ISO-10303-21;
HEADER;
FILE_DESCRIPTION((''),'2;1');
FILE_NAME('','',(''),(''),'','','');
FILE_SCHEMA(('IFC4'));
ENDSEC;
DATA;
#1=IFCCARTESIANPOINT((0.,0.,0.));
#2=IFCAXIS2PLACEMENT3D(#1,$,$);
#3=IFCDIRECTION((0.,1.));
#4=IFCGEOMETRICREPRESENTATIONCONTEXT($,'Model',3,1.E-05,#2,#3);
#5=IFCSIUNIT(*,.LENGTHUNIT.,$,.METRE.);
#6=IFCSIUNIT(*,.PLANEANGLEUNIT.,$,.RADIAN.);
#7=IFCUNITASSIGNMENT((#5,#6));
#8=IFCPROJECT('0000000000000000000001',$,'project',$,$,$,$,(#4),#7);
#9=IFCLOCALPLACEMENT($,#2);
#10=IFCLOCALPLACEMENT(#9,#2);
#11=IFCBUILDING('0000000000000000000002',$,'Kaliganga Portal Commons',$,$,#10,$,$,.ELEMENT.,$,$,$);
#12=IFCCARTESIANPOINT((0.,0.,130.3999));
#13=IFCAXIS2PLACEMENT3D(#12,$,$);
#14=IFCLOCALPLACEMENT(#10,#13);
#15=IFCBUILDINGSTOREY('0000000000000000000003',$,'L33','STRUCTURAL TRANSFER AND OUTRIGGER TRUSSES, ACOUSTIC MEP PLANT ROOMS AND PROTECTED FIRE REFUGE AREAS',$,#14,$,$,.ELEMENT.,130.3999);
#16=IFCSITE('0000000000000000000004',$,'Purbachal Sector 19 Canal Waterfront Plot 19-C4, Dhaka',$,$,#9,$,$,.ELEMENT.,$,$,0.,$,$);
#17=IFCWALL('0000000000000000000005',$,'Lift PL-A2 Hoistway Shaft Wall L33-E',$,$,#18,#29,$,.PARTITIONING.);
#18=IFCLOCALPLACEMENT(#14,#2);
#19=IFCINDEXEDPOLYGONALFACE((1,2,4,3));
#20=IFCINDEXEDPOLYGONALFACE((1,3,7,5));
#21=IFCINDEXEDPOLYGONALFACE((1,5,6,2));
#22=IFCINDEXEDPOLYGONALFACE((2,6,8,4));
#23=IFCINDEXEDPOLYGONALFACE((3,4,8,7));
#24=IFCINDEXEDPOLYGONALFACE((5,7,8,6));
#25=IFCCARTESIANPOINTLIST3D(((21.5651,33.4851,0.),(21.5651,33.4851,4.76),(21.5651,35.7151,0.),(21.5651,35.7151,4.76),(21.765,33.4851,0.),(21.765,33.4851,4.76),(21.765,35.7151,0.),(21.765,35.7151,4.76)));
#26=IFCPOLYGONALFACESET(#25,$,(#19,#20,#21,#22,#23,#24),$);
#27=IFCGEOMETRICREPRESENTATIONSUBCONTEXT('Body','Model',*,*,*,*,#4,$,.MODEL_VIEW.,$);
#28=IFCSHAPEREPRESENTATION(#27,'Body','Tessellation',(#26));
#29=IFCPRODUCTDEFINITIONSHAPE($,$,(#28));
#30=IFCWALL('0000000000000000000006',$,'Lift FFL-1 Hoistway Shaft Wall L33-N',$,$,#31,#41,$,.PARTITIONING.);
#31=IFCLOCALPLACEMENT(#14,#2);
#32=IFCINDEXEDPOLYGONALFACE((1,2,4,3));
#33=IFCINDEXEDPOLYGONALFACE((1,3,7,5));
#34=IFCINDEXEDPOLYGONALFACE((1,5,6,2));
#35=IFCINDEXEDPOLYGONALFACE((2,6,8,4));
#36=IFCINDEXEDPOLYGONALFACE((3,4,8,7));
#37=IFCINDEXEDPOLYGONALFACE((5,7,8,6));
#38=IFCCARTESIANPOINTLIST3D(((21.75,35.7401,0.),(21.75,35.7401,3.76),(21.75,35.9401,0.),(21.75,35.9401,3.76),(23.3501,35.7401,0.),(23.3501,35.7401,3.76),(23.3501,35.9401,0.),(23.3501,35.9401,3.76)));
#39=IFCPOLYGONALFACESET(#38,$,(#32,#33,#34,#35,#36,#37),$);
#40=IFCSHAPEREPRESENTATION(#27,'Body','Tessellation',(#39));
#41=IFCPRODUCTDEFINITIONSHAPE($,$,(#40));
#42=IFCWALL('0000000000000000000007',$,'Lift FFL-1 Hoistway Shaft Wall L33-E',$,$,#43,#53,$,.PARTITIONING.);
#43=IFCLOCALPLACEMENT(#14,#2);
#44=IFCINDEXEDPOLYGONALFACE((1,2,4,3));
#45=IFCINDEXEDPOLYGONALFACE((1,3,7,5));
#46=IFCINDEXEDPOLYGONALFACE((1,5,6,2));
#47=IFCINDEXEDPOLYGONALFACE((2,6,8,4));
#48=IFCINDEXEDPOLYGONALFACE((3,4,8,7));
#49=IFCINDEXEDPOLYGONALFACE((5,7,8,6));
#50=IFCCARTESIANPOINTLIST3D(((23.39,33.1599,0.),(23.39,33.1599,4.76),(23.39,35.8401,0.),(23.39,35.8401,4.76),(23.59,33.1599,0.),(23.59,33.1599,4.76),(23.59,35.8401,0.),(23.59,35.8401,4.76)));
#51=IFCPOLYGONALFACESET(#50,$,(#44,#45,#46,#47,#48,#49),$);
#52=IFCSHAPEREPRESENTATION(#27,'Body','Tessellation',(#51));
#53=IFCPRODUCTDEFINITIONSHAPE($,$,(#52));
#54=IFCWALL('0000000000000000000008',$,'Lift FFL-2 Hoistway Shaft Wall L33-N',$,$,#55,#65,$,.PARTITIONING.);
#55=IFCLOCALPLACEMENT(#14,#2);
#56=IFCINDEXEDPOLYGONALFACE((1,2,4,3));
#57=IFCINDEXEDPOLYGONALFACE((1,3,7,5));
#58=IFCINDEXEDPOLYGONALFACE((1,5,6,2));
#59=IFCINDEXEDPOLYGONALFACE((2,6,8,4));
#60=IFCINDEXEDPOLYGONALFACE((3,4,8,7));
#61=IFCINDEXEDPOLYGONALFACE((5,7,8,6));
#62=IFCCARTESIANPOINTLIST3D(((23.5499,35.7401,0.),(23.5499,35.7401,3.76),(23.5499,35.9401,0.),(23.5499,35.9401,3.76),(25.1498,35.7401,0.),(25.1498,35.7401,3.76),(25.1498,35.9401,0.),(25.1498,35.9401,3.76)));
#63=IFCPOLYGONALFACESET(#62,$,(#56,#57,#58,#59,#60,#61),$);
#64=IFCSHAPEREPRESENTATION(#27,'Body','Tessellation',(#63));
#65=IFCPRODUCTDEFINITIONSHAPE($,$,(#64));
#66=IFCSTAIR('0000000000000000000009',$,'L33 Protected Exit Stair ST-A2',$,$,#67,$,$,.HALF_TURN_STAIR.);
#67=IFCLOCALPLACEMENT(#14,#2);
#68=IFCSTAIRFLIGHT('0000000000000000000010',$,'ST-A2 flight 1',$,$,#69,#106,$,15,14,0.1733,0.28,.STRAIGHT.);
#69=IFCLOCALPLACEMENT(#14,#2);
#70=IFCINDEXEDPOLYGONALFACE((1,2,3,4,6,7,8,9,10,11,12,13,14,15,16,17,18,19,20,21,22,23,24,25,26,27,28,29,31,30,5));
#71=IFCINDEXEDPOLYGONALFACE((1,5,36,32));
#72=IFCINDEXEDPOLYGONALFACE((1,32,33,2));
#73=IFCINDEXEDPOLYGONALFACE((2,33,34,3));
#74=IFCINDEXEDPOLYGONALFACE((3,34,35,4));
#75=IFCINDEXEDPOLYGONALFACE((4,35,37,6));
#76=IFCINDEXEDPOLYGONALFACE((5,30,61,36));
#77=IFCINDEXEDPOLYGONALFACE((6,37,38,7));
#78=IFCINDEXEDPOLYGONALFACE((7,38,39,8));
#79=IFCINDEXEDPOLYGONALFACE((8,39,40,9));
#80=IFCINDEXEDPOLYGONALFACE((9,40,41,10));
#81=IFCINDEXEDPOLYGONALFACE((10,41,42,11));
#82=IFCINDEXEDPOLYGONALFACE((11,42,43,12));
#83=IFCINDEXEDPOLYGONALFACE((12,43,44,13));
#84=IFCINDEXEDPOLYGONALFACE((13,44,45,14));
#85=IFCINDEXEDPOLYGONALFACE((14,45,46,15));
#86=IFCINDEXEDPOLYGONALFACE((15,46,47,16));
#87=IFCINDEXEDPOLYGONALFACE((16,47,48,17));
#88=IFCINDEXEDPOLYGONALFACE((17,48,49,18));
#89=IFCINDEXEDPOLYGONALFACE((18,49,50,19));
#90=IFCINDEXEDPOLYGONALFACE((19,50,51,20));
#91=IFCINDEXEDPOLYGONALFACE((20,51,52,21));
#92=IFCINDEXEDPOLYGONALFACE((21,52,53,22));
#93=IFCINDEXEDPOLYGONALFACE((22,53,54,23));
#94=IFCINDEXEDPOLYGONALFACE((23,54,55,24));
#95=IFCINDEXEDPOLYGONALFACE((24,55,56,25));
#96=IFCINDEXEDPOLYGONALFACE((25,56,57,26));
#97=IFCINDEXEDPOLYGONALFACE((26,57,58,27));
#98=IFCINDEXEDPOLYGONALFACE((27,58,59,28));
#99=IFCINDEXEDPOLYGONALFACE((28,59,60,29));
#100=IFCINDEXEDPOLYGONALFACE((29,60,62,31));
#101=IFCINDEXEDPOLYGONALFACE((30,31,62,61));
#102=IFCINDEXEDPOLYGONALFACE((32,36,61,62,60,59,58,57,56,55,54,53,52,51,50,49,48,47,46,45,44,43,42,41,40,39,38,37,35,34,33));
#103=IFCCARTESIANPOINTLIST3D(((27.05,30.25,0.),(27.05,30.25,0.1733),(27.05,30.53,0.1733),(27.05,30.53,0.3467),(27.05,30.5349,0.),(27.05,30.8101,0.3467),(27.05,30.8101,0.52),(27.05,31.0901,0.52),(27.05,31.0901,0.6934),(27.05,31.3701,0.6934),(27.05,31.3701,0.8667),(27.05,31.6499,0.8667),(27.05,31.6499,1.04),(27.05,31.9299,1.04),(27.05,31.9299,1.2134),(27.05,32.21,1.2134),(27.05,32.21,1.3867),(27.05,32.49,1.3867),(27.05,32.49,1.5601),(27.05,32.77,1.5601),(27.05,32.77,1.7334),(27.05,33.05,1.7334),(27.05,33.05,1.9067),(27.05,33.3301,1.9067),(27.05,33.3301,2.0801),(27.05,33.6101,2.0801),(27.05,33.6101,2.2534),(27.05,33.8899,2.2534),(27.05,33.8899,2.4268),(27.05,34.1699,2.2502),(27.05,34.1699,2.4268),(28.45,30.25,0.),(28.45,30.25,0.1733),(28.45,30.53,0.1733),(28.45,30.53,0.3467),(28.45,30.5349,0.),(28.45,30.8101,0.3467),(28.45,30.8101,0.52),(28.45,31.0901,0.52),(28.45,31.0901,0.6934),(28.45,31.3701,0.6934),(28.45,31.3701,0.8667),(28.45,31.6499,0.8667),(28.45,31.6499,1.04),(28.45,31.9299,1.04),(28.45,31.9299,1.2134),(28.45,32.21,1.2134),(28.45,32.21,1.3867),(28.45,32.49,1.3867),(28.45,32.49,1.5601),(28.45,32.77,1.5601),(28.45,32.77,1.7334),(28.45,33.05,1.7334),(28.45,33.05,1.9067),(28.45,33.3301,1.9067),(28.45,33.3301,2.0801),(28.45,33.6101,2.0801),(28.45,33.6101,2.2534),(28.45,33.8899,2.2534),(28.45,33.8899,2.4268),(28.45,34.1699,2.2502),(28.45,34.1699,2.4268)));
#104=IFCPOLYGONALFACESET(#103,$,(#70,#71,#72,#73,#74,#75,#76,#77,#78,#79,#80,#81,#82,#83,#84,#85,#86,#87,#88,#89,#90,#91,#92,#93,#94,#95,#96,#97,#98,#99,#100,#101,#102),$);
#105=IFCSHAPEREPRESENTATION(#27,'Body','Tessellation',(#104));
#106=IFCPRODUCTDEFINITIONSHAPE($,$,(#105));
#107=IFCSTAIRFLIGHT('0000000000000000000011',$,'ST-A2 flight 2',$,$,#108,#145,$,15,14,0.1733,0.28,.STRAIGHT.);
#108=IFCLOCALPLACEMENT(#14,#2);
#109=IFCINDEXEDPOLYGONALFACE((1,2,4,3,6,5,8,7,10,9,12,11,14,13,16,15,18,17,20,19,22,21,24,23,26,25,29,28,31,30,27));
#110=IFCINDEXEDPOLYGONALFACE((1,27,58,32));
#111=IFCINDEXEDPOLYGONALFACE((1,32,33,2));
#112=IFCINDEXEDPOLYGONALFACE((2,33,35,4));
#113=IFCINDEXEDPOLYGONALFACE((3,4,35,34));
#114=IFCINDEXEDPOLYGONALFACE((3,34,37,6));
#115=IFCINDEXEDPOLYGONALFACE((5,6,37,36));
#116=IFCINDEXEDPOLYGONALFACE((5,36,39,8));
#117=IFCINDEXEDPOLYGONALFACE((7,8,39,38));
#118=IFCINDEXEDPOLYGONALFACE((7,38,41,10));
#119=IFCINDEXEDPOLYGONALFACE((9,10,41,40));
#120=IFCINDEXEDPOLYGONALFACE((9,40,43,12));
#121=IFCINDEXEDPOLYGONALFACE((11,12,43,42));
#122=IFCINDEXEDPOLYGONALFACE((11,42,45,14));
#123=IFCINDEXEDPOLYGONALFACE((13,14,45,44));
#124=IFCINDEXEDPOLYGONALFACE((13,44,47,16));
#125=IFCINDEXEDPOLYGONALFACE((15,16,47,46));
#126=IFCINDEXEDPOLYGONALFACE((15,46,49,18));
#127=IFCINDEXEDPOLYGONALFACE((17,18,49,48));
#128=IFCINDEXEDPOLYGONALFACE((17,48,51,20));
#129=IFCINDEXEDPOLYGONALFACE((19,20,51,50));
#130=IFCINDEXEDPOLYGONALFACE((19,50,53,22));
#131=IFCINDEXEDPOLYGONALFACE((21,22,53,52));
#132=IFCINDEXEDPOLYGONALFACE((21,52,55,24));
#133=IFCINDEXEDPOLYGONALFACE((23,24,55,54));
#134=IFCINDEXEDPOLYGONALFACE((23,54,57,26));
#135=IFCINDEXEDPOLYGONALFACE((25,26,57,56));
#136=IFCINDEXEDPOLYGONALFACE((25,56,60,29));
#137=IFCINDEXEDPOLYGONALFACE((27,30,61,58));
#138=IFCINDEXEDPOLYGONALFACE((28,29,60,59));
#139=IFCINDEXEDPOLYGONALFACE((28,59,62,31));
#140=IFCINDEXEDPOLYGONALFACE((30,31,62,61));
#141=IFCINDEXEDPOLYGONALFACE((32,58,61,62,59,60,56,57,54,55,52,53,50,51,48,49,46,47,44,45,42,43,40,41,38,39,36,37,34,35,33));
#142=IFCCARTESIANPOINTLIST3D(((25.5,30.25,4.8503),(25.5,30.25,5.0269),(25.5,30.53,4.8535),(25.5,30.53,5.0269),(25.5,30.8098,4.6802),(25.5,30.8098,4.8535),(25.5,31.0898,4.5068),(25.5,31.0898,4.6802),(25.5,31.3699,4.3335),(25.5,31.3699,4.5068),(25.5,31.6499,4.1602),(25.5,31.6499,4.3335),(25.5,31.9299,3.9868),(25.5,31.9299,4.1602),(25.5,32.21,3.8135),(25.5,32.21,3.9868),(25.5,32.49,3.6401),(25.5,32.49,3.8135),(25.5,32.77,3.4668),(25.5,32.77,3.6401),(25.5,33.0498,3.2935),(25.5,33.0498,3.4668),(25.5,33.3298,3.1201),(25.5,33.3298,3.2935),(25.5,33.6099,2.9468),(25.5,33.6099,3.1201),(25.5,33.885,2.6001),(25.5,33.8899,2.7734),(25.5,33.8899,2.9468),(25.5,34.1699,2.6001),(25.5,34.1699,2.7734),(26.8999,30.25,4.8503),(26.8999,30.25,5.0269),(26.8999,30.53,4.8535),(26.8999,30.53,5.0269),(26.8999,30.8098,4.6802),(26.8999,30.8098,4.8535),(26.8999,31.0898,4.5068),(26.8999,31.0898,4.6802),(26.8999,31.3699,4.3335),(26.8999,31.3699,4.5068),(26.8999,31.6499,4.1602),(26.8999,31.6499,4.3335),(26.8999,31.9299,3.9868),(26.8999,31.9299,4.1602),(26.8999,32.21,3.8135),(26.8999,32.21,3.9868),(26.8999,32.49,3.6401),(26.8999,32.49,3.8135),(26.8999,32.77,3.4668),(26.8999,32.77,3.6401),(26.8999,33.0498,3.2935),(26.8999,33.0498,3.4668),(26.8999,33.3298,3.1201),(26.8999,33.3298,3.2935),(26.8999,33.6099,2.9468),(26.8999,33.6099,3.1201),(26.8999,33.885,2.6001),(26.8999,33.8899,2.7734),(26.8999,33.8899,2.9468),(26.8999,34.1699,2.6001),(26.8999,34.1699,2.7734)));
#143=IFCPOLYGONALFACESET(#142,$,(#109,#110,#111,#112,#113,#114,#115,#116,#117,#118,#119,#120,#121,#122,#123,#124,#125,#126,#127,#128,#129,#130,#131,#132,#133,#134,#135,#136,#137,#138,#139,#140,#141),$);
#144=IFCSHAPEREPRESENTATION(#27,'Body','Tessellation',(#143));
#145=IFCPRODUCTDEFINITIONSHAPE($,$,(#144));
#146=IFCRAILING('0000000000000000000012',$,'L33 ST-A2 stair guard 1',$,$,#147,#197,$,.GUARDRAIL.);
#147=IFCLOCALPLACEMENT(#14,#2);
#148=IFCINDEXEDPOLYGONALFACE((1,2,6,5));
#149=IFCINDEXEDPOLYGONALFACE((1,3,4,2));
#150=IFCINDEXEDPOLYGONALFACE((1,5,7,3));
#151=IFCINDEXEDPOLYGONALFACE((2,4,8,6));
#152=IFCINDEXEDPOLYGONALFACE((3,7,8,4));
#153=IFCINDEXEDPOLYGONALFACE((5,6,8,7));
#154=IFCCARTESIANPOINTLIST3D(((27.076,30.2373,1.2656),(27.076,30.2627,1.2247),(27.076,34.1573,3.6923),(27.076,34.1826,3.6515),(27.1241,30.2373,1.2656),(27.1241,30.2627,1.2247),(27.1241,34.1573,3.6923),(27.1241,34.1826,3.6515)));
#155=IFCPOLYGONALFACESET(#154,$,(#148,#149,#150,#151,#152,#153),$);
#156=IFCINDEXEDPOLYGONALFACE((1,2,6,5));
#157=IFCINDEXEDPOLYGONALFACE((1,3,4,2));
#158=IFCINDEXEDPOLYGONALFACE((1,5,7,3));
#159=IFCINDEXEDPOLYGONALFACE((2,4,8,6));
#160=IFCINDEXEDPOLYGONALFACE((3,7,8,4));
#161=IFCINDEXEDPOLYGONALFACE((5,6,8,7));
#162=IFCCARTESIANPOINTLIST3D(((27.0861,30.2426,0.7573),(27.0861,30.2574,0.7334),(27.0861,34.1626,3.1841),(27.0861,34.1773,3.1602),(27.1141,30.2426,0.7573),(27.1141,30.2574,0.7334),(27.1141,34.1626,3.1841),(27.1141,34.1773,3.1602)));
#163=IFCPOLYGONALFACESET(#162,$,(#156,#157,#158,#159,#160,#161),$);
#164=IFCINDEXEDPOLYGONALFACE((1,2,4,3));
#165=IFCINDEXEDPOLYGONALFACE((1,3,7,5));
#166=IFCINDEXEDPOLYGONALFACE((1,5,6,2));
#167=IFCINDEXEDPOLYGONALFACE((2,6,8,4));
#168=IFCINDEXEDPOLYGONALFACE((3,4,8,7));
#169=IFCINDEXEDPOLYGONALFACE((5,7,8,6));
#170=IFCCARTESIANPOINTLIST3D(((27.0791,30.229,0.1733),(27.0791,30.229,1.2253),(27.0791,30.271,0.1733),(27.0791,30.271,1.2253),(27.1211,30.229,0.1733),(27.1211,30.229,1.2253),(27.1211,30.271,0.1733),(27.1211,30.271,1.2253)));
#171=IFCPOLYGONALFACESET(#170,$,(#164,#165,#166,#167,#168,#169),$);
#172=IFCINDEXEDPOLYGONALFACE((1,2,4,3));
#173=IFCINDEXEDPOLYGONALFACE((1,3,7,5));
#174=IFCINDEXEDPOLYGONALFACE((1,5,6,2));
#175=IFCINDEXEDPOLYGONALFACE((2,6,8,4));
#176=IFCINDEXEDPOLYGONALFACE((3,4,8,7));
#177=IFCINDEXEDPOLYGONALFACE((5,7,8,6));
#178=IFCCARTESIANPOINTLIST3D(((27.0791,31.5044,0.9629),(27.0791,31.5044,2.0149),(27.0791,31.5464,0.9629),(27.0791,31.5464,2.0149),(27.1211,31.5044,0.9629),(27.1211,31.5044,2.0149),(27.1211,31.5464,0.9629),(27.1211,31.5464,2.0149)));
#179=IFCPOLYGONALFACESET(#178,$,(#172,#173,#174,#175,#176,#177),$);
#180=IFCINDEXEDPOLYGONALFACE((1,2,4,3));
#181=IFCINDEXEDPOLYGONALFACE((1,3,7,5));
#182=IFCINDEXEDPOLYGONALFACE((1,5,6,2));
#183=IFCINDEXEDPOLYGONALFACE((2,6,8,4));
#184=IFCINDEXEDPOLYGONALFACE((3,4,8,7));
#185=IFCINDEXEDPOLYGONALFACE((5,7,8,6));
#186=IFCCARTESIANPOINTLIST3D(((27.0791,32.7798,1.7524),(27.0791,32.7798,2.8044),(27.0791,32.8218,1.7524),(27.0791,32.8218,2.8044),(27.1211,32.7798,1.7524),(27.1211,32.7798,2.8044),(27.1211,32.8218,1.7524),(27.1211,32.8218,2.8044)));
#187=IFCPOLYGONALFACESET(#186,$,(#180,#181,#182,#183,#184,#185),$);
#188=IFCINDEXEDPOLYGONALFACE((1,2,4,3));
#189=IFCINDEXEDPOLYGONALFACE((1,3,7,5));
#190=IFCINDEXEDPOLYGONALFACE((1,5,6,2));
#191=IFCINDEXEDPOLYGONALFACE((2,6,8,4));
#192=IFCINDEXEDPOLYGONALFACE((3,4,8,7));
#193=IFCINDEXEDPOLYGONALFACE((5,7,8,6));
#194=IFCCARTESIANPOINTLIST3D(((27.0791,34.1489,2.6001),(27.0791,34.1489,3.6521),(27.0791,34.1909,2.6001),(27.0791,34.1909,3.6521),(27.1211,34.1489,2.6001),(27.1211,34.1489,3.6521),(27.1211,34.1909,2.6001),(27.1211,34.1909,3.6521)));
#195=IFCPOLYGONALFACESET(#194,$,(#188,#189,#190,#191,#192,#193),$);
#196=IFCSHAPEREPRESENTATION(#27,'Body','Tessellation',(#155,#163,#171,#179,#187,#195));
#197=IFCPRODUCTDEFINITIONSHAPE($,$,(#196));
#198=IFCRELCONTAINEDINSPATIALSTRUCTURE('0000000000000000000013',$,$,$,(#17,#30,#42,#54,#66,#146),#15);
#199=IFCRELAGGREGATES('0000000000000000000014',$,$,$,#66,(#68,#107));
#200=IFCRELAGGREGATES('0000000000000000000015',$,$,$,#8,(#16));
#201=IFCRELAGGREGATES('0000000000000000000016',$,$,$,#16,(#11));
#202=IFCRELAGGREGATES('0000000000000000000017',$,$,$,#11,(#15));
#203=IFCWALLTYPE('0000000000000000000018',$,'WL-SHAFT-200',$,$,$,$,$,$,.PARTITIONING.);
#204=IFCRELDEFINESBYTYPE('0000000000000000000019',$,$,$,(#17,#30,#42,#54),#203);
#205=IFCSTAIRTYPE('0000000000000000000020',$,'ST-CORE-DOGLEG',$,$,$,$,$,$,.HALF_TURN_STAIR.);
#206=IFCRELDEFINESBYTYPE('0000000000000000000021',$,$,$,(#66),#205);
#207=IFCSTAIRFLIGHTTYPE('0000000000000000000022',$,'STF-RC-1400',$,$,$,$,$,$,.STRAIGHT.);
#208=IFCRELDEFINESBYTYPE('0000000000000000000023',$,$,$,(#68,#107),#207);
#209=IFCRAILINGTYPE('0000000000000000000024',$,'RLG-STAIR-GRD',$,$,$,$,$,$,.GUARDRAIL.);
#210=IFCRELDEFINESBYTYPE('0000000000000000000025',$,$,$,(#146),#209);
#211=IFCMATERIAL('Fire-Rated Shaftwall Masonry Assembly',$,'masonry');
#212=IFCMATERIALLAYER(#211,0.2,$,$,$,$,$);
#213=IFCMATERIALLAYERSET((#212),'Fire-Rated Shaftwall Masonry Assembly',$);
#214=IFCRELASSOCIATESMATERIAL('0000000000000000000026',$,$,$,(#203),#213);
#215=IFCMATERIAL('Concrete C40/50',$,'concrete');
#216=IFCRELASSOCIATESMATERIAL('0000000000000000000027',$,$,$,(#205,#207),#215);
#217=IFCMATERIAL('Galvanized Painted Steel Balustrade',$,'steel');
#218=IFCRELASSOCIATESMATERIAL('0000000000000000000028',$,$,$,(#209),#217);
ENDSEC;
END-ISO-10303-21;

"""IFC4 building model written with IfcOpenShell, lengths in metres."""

from ifc_helpers import new_model, si_unit, direction, frame, frame_2d, origin, origin_2d, place, context, subcontext, project, spatial, polyline, rectangle, outline, extrude, material, layer, layer_set, type_object, element, aggregate, save


model = new_model("IFC4")

# Units and contexts
model_context = context("Model", 3, precision=1e-05, world=origin(), true_north=direction((0.0, 1.0)))
body_context = subcontext(model_context, "Body", "Model", "MODEL_VIEW")
ifc_project = project(units=[si_unit("LENGTHUNIT", "METRE"), si_unit("PLANEANGLEUNIT", "RADIAN")], contexts=[model_context])

# Site, building, storey
site_placement = place(None, origin())
site = spatial("IfcSite", under=ifc_project, at=site_placement, Name="Purbachal Sector 19 Canal Waterfront Plot 19-C4, Dhaka", CompositionType="ELEMENT", RefElevation=0.0)
building_placement = place(site_placement, origin())
building = spatial("IfcBuilding", under=site, at=building_placement, Name="Kaliganga Portal Commons", CompositionType="ELEMENT")
storey_placement = place(building_placement, frame((0.0, 0.0, 130.3999)))
storey = spatial("IfcBuildingStorey", under=building, at=storey_placement, Name="L33", Description="STRUCTURAL TRANSFER AND OUTRIGGER TRUSSES, ACOUSTIC MEP PLANT ROOMS AND PROTECTED FIRE REFUGE AREAS", CompositionType="ELEMENT", Elevation=130.3999)

# Wall
ifc_material_1 = material(Name="Fire-Rated Shaftwall Masonry Assembly", Category="masonry")
ifc_layer_1 = layer(ifc_material_1, 0.2)
ifc_layer_set_1 = layer_set([ifc_layer_1], Name="Fire-Rated Shaftwall Masonry Assembly")
wall_type_1 = type_object("IfcWallType", Name="WL-SHAFT-200", PredefinedType="PARTITIONING", material=ifc_layer_set_1)
wall_1_placement = place(storey_placement, frame((21.665, 33.4851, 0.0), z_axis=(0.0, 0.0, 1.0), x_axis=(0.0, 1.0, 0.0)))
element("IfcWall", 1, at=wall_1_placement, inside=storey, type_object=wall_type_1, Name="Lift PL-A2 Hoistway Shaft Wall L33-E", PredefinedType="PARTITIONING", context=body_context, shape_type="SweptSolid", body=[
    extrude(rectangle(XDim=2.23, YDim=0.2, at=frame_2d((1.115, 0.0))), origin(), (0.0, 0.0, 1.0), 4.76),
])

# Walls
wall_2_placement = place(storey_placement, frame((21.75, 35.8401, 0.0), z_axis=(0.0, 0.0, 1.0), x_axis=(1.0, 0.0, 0.0)))
element("IfcWall", 2, at=wall_2_placement, inside=storey, type_object=wall_type_1, Name="Lift FFL-1 Hoistway Shaft Wall L33-N", PredefinedType="PARTITIONING", context=body_context, shape_type="SweptSolid", body=[
    extrude(rectangle(XDim=1.6001, YDim=0.2, at=frame_2d((0.8, 0.0))), origin(), (0.0, 0.0, 1.0), 3.76),
])
wall_3_placement = place(storey_placement, frame((23.49, 33.1599, 0.0), z_axis=(0.0, 0.0, 1.0), x_axis=(0.0, 1.0, 0.0)))
element("IfcWall", 3, at=wall_3_placement, inside=storey, type_object=wall_type_1, Name="Lift FFL-1 Hoistway Shaft Wall L33-E", PredefinedType="PARTITIONING", context=body_context, shape_type="SweptSolid", body=[
    extrude(rectangle(XDim=2.6802, YDim=0.2, at=frame_2d((1.3401, 0.0))), origin(), (0.0, 0.0, 1.0), 4.76),
])

# Wall
wall_4_placement = place(storey_placement, frame((23.55, 35.8401, 0.0), z_axis=(0.0, 0.0, 1.0), x_axis=(1.0, 0.0, 0.0)))
element("IfcWall", 4, at=wall_4_placement, inside=storey, type_object=wall_type_1, Name="Lift FFL-2 Hoistway Shaft Wall L33-N", PredefinedType="PARTITIONING", context=body_context, shape_type="SweptSolid", body=[
    extrude(rectangle(XDim=1.5999, YDim=0.2, at=frame_2d((0.7998, 0.0))), origin(), (0.0, 0.0, 1.0), 3.76),
])

# Stair, stair flights
ifc_material_2 = material(Name="Concrete C40/50", Category="concrete")
stair_type = type_object("IfcStairType", Name="ST-CORE-DOGLEG", PredefinedType="HALF_TURN_STAIR", material=ifc_material_2)
stair_placement = place(storey_placement, origin())
stair = element("IfcStair", 5, at=stair_placement, inside=storey, type_object=stair_type, Name="L33 Protected Exit Stair ST-A2", PredefinedType="HALF_TURN_STAIR")
stair_flight_type = type_object("IfcStairFlightType", Name="STF-RC-1400", PredefinedType="STRAIGHT", material=ifc_material_2)
stair_flight_1_placement = place(storey_placement, frame((27.75, 30.25, 0.0), z_axis=(0.0, 0.0, 1.0), x_axis=(0.0, 1.0, 0.0)))
stair_flight_1 = element("IfcStairFlight", 6, at=stair_flight_1_placement, type_object=stair_flight_type, Name="ST-A2 flight 1", NumberOfRisers=15, NumberOfTreads=14, PredefinedType="STRAIGHT", RiserHeight=0.1733, TreadLength=0.28, context=body_context, shape_type="SweptSolid", body=[
    extrude(outline(polyline([(0.0, 0.0), (0.0, 0.1733), (0.28, 0.1733), (0.28, 0.3467), (0.5601, 0.3467), (0.5601, 0.52), (0.8401, 0.52), (0.8401, 0.6934), (1.1201, 0.6934), (1.1201, 0.8667), (1.3999, 0.8667), (1.3999, 1.04), (1.6799, 1.04), (1.6799, 1.2134), (1.96, 1.2134), (1.96, 1.3867), (2.24, 1.3867), (2.24, 1.5601), (2.52, 1.5601), (2.52, 1.7334), (2.8, 1.7334), (2.8, 1.9067), (3.0801, 1.9067), (3.0801, 2.0801), (3.3601, 2.0801), (3.3601, 2.2534), (3.6399, 2.2534), (3.6399, 2.4268), (3.9199, 2.4268), (3.9199, 2.6001), (3.9199, 2.2502), (0.2849, 0.0), (0.0, 0.0)])), frame((0.0, 0.7, 0.0), z_axis=(0.0, -1.0, 0.0), x_axis=(1.0, 0.0, 0.0)), (0.0, 0.0, 1.0), 1.3999),
])
stair_flight_2_placement = place(storey_placement, frame((26.2, 34.1699, 2.6001), z_axis=(0.0, 0.0, 1.0), x_axis=(0.0, -1.0, 0.0)))
stair_flight_2 = element("IfcStairFlight", 7, at=stair_flight_2_placement, type_object=stair_flight_type, Name="ST-A2 flight 2", NumberOfRisers=15, NumberOfTreads=14, PredefinedType="STRAIGHT", RiserHeight=0.1733, TreadLength=0.28, context=body_context, shape_type="SweptSolid", body=[
    extrude(outline(polyline([(0.0, 0.0), (0.0, 0.1733), (0.28, 0.1733), (0.28, 0.3467), (0.5601, 0.3467), (0.5601, 0.52), (0.8401, 0.52), (0.8401, 0.6934), (1.1201, 0.6934), (1.1201, 0.8667), (1.3999, 0.8667), (1.3999, 1.04), (1.6799, 1.04), (1.6799, 1.2134), (1.96, 1.2134), (1.96, 1.3867), (2.24, 1.3867), (2.24, 1.5601), (2.52, 1.5601), (2.52, 1.7334), (2.8, 1.7334), (2.8, 1.9067), (3.0801, 1.9067), (3.0801, 2.0801), (3.3601, 2.0801), (3.3601, 2.2534), (3.6399, 2.2534), (3.6399, 2.4268), (3.9199, 2.4268), (3.9199, 2.6001), (3.9199, 2.2502), (0.2849, 0.0), (0.0, 0.0)])), frame((0.0, 0.7, 0.0), z_axis=(0.0, -1.0, 0.0), x_axis=(1.0, 0.0, 0.0)), (0.0, 0.0, 1.0), 1.3999),
])
aggregate(stair, [stair_flight_1, stair_flight_2])

# Railing
ifc_material_3 = material(Name="Galvanized Painted Steel Balustrade", Category="steel")
railing_type_1 = type_object("IfcRailingType", Name="RLG-STAIR-GRD", PredefinedType="GUARDRAIL", material=ifc_material_3)
railing_1_placement = place(storey_placement, frame((27.1001, 30.25, 0.1733)))
element("IfcRailing", 8, at=railing_1_placement, inside=storey, type_object=railing_type_1, Name="L33 ST-A2 stair guard 1", PredefinedType="GUARDRAIL", context=body_context, shape_type="SweptSolid", body=[
    extrude(rectangle(XDim=0.0481, YDim=0.0481, at=origin_2d()), frame((0.0, 0.0, 1.0718), z_axis=(0.0, 0.850252, 0.526376), x_axis=(-1.0, 0.0, 0.0)), (0.0, 0.0, 1.0), 4.6104),
    extrude(rectangle(XDim=0.0281, YDim=0.0281, at=origin_2d()), frame((0.0, 0.0, 0.572), z_axis=(0.0, 0.850252, 0.526376), x_axis=(-1.0, 0.0, 0.0)), (0.0, 0.0, 1.0), 4.6104),
    extrude(rectangle(XDim=0.042, YDim=0.042, at=origin_2d()), origin(), (0.0, 0.0, 1.0), 1.052),
    extrude(rectangle(XDim=0.042, YDim=0.042, at=origin_2d()), frame((0.0, 1.2754, 0.7896)), (0.0, 0.0, 1.0), 1.052),
    extrude(rectangle(XDim=0.042, YDim=0.042, at=origin_2d()), frame((0.0, 2.5508, 1.5791)), (0.0, 0.0, 1.0), 1.052),
    extrude(rectangle(XDim=0.042, YDim=0.042, at=origin_2d()), frame((0.0, 3.9199, 2.4268)), (0.0, 0.0, 1.0), 1.052),
])

save(model, "model.ifc")
